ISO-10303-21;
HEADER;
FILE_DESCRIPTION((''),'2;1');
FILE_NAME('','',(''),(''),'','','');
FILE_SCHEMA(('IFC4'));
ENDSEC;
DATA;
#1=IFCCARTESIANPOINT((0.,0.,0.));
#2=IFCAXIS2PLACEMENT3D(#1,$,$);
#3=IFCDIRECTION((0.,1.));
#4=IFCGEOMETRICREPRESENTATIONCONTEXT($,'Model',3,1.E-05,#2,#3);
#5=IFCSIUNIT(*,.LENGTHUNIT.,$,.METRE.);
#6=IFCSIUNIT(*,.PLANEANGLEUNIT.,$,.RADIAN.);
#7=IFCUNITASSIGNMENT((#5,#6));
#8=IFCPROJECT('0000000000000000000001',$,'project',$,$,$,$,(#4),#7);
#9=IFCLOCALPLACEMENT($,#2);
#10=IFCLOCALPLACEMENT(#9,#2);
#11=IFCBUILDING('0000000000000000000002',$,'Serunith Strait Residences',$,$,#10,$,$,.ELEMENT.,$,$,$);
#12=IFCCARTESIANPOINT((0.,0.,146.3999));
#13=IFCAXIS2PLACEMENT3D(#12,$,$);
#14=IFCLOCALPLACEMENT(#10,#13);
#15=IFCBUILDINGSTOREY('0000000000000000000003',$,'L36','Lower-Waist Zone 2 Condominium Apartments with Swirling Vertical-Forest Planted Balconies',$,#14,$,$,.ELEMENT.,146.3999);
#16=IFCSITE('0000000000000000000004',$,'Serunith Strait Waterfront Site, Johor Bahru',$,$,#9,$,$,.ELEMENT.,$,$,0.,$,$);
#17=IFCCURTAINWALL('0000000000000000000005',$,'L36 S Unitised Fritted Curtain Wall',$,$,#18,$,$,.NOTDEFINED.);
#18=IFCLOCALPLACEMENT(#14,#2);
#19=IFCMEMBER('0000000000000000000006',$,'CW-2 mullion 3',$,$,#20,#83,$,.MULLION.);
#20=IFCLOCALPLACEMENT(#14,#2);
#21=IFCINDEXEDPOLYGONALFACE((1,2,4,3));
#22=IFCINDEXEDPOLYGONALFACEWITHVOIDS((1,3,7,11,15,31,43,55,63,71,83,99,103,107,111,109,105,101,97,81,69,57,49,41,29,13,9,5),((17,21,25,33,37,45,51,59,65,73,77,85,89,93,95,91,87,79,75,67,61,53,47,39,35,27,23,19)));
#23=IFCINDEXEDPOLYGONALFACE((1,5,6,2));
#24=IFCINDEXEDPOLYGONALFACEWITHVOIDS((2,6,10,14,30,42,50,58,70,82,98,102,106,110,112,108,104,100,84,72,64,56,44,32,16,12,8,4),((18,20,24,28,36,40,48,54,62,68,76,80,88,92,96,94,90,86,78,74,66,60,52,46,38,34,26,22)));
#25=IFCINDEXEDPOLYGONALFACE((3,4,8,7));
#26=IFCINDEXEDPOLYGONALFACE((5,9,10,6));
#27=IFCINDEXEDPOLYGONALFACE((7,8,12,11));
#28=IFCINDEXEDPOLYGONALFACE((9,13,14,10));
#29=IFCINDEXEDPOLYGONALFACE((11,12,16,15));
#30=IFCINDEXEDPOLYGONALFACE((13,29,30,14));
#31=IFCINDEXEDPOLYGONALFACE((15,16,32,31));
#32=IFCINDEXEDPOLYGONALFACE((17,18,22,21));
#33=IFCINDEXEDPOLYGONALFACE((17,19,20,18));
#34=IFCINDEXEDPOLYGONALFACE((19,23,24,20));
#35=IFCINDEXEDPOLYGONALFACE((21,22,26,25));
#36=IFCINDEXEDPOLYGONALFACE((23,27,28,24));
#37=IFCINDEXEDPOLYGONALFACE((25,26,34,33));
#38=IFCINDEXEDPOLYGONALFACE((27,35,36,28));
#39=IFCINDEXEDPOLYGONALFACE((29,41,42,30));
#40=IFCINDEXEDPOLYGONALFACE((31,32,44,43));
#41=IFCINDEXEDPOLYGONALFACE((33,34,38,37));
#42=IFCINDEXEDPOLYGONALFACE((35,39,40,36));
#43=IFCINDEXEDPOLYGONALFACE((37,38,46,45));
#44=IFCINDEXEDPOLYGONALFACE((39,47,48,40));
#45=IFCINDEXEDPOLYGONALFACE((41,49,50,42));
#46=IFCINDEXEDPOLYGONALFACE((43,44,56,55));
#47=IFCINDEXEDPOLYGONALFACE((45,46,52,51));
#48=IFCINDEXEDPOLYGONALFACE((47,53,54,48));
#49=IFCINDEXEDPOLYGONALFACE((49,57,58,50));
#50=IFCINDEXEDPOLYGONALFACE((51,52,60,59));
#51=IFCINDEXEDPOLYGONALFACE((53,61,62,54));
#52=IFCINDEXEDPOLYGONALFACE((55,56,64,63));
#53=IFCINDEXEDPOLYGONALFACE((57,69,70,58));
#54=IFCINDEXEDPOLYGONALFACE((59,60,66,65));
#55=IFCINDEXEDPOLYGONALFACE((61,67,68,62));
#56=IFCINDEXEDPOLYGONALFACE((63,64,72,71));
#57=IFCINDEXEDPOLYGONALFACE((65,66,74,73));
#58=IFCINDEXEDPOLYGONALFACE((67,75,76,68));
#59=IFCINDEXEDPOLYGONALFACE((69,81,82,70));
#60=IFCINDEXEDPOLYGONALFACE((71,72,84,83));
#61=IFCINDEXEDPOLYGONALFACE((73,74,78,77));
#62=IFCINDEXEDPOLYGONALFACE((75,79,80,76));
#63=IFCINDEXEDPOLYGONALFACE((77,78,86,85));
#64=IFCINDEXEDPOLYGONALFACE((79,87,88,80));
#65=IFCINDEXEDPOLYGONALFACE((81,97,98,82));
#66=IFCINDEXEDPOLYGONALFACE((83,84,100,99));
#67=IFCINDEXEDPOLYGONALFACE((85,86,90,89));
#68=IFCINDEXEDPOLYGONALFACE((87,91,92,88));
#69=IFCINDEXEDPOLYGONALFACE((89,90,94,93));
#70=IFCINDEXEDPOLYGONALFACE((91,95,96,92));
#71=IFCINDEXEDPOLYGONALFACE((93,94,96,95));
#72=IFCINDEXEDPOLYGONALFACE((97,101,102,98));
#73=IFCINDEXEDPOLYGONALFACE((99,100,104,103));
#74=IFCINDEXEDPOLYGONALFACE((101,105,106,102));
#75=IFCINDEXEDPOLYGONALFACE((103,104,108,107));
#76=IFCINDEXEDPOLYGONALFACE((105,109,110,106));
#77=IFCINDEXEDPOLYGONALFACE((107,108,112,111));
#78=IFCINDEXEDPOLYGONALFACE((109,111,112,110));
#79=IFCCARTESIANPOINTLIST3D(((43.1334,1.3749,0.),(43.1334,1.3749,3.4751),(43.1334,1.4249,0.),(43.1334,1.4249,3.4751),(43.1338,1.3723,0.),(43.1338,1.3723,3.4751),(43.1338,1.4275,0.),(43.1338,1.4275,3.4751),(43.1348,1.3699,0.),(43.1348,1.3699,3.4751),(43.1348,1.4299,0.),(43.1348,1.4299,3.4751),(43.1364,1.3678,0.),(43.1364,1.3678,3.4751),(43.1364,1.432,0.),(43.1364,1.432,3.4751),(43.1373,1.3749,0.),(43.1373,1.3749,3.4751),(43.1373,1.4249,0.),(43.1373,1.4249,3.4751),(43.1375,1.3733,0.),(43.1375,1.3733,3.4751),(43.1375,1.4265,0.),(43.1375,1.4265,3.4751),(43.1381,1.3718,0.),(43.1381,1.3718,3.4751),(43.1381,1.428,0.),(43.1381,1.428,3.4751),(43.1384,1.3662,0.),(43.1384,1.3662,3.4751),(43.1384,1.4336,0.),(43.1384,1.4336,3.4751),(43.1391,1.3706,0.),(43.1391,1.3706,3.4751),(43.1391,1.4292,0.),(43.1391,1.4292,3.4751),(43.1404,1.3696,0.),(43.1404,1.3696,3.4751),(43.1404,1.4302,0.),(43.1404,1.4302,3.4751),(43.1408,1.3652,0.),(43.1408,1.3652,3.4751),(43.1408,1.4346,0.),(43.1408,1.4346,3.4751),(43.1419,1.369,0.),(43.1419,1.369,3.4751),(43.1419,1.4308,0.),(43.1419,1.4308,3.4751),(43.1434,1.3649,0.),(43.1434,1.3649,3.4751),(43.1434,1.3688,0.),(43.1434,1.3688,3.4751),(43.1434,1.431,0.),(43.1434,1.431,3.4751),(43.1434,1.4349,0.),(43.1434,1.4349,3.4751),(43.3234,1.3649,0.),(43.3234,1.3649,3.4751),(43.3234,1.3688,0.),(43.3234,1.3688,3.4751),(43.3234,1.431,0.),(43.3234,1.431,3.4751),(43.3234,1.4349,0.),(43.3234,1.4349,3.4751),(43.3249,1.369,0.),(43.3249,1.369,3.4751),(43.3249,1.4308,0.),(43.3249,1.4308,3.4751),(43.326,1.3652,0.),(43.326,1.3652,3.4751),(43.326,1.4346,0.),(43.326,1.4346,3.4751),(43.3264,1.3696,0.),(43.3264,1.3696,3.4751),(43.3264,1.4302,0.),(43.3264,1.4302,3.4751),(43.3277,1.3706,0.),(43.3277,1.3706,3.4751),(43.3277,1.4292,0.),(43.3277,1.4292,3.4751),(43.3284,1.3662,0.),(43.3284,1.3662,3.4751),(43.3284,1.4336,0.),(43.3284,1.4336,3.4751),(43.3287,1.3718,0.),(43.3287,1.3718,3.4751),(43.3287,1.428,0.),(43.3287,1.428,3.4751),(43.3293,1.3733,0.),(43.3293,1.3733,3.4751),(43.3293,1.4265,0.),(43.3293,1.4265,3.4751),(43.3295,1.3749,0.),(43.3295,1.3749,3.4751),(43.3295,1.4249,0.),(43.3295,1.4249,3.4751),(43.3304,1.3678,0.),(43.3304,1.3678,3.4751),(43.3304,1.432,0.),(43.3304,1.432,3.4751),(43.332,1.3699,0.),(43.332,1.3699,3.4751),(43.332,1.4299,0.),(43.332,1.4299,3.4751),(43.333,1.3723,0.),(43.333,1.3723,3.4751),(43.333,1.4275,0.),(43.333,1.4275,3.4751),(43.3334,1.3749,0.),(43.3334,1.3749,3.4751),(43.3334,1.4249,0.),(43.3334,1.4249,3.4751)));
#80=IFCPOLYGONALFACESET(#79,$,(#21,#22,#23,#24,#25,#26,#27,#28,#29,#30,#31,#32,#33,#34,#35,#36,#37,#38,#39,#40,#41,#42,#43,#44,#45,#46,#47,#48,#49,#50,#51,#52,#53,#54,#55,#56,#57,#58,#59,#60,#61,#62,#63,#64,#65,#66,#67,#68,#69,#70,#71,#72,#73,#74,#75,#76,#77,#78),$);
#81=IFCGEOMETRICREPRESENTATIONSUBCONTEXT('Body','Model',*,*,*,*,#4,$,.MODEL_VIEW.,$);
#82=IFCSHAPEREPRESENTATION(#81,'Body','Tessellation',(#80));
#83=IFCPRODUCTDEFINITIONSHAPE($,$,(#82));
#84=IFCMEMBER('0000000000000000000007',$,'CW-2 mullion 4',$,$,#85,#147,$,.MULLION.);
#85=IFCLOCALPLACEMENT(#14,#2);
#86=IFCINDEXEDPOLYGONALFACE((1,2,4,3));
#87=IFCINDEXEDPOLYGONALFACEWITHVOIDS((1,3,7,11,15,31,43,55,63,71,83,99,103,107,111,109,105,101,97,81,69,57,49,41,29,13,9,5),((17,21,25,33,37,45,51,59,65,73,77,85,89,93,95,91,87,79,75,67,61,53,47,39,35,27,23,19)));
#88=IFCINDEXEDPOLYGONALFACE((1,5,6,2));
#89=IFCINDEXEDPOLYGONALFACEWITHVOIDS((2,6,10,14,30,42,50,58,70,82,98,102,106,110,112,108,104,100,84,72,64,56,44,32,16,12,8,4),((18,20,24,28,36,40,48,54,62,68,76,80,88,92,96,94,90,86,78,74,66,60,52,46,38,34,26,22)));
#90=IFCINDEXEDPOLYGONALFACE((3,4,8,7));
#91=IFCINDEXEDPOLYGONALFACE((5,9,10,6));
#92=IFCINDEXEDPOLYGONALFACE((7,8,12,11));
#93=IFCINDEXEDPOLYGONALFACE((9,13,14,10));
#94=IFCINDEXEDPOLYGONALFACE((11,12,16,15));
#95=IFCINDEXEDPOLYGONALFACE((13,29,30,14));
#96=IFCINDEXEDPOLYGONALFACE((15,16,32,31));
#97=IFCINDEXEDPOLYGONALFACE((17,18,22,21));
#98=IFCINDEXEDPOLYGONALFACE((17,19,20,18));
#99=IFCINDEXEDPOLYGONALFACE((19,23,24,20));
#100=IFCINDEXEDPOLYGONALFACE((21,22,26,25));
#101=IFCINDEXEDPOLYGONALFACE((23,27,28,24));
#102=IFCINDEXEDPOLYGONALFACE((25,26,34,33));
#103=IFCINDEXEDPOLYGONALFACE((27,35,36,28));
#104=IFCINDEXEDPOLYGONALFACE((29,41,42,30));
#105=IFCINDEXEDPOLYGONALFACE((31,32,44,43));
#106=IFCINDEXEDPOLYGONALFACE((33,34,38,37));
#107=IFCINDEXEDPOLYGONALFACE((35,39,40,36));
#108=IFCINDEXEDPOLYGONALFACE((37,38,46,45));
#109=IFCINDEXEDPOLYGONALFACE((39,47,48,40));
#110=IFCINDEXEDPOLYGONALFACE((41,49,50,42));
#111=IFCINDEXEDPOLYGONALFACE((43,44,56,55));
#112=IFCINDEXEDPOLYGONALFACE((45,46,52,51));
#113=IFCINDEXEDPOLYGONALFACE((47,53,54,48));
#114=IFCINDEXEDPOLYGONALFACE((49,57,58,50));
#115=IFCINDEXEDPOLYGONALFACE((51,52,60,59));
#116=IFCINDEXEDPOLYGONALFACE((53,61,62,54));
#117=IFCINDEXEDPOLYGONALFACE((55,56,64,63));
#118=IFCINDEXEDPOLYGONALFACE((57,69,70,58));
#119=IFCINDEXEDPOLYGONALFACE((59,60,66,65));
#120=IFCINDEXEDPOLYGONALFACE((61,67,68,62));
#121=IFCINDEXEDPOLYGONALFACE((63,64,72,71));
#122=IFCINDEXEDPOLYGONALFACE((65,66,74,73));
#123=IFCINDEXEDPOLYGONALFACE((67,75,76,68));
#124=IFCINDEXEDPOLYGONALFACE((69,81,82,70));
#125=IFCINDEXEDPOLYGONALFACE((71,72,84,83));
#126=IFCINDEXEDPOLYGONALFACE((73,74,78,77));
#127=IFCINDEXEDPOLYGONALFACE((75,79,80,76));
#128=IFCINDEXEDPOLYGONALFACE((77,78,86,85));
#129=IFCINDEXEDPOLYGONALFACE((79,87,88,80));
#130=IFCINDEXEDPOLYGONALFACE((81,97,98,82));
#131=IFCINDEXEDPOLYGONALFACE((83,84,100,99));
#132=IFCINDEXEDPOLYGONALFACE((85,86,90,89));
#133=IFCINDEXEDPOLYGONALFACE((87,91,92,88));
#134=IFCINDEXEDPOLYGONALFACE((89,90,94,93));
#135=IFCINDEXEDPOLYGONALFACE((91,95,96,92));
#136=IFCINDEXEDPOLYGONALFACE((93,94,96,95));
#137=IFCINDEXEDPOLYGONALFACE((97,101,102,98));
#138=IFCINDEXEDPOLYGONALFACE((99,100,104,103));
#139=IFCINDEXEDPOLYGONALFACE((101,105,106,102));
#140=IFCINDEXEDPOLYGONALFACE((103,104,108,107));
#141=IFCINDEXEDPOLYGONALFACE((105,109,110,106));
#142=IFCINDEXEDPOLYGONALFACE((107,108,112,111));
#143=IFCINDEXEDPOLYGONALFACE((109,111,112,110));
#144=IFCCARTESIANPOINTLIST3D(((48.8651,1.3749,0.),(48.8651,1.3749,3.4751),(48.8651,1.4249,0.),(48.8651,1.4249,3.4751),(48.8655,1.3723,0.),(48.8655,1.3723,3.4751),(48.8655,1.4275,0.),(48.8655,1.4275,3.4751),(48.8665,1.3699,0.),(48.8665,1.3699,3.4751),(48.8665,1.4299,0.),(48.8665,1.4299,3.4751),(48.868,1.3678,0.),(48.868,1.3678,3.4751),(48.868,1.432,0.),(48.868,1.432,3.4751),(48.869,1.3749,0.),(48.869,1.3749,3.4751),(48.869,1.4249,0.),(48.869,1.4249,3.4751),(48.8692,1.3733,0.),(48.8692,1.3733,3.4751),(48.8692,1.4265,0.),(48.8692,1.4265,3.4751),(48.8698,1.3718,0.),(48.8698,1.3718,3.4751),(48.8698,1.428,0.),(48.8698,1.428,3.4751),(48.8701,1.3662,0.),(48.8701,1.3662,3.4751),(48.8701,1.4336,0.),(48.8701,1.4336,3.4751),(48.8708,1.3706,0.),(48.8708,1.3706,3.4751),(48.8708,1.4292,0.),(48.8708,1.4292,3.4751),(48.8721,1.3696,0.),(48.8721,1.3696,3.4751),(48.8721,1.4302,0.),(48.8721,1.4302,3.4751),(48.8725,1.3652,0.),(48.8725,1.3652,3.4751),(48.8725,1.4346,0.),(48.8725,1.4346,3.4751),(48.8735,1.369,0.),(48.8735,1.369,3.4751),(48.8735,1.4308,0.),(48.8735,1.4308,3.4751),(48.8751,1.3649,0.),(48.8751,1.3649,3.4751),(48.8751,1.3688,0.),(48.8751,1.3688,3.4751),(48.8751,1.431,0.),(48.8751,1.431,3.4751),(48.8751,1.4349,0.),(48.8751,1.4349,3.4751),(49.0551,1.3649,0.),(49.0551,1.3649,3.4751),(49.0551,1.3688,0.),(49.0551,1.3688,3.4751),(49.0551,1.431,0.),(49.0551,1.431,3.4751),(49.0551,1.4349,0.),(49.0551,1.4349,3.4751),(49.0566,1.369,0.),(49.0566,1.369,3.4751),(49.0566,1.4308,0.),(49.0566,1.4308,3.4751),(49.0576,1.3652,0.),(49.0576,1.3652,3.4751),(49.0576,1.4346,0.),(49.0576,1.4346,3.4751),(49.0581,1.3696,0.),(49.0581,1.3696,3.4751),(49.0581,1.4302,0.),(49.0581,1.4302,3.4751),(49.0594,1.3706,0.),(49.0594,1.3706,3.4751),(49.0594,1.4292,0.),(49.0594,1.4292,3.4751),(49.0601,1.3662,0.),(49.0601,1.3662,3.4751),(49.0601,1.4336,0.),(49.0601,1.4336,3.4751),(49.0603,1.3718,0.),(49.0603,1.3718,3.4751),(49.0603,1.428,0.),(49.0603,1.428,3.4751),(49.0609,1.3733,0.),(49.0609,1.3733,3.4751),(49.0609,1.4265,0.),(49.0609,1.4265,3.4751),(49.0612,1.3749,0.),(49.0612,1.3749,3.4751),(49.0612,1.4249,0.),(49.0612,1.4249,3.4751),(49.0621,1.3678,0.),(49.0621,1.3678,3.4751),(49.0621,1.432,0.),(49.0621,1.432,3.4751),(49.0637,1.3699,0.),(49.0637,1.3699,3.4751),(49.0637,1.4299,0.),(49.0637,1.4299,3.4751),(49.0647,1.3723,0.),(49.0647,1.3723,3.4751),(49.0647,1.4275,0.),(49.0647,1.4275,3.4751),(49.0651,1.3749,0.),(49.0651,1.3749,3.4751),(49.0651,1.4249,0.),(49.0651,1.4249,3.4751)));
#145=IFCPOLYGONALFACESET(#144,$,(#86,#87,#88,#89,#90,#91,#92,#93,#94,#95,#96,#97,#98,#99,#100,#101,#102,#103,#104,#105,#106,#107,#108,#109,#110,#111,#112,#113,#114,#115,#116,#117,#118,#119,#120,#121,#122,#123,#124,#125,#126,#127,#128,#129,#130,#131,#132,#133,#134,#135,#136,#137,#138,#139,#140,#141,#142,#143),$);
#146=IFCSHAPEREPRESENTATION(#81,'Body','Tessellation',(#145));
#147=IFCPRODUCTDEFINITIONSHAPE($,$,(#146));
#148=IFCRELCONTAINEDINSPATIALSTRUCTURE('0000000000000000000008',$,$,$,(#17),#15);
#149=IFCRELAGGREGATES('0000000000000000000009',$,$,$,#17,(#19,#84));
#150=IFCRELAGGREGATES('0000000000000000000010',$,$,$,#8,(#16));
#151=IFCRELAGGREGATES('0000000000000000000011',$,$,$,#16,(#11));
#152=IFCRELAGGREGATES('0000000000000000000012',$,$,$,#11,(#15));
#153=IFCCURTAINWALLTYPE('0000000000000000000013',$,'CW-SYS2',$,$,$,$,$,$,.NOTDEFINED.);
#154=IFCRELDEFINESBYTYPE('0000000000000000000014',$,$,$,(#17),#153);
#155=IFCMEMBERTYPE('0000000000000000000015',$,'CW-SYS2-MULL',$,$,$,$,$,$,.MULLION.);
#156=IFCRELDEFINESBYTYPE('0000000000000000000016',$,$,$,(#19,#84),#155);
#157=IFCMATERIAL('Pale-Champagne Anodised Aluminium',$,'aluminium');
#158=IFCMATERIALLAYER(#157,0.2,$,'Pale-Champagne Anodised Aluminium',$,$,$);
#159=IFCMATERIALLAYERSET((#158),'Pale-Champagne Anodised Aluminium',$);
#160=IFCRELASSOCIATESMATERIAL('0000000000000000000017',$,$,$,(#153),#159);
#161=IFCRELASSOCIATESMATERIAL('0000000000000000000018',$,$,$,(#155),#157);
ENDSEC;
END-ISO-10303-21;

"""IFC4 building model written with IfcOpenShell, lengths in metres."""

from ifc_helpers import new_model, si_unit, direction, frame, origin, origin_2d, place, context, subcontext, project, spatial, hollow_rectangle, extrude, source, transform, mapped, material, layer, layer_set, material_profile, profile_set, type_object, element, aggregate, save


model = new_model("IFC4")

# Units and contexts
model_context = context("Model", 3, precision=1e-05, world=origin(), true_north=direction((0.0, 1.0)))
body_context = subcontext(model_context, "Body", "Model", "MODEL_VIEW")
ifc_project = project(units=[si_unit("LENGTHUNIT", "METRE"), si_unit("PLANEANGLEUNIT", "RADIAN")], contexts=[model_context])

# Site, building, storey
site_placement = place(None, origin())
site = spatial("IfcSite", under=ifc_project, at=site_placement, Name="Serunith Strait Waterfront Site, Johor Bahru", CompositionType="ELEMENT", RefElevation=0.0)
building_placement = place(site_placement, origin())
building = spatial("IfcBuilding", under=site, at=building_placement, Name="Serunith Strait Residences", CompositionType="ELEMENT")
storey_placement = place(building_placement, frame((0.0, 0.0, 146.3999)))
storey = spatial("IfcBuildingStorey", under=building, at=storey_placement, Name="L36", Description="Lower-Waist Zone 2 Condominium Apartments with Swirling Vertical-Forest Planted Balconies", CompositionType="ELEMENT", Elevation=146.3999)

# Curtain wall, members
ifc_material_1 = material(Name="Pale-Champagne Anodised Aluminium", Category="aluminium")
ifc_layer_1 = layer(ifc_material_1, 0.2, Name="Pale-Champagne Anodised Aluminium")
ifc_layer_set_1 = layer_set([ifc_layer_1], Name="Pale-Champagne Anodised Aluminium")
curtain_wall_type = type_object("IfcCurtainWallType", Name="CW-SYS2", PredefinedType="NOTDEFINED", material=ifc_layer_set_1)
curtain_wall_1_placement = place(storey_placement, origin())
curtain_wall_1 = element("IfcCurtainWall", 1, at=curtain_wall_1_placement, inside=storey, type_object=curtain_wall_type, Name="L36 S Unitised Fritted Curtain Wall", PredefinedType="NOTDEFINED")
ifc_material_profile_1 = material_profile(ifc_material_1, hollow_rectangle(XDim=0.0701, YDim=0.2, WallThickness=0.0039, InnerFilletRadius=0.0061, OuterFilletRadius=0.01, at=origin_2d()), Name="ALU 200x70x4")
ifc_profile_set_1 = profile_set([ifc_material_profile_1], Name="Pale-Champagne Anodised Aluminium")
member_type_1 = type_object("IfcMemberType", Name="CW-SYS2-MULL", PredefinedType="MULLION", material=ifc_profile_set_1)
shared_shape_1 = source(origin(), body_context, "Body", "SweptSolid", [
    extrude(hollow_rectangle(XDim=0.0701, YDim=0.2, WallThickness=0.0039, InnerFilletRadius=0.0061, OuterFilletRadius=0.01, at=origin_2d()), origin(), (0.0, 0.0, 1.0), 3.4751),
])
member_1_placement = place(storey_placement, frame((43.2334, 1.3999, 0.0), z_axis=(0.0, 0.0, 1.0), x_axis=(0.0, 1.0, 0.0)))
member_1 = element("IfcMember", 2, at=member_1_placement, type_object=member_type_1, Name="CW-2 mullion 3", PredefinedType="MULLION", context=body_context, shape_type="MappedRepresentation", body=[
    mapped(shared_shape_1, transform((0.0, 0.0, 0.0), scale=1.0)),
])
member_2_placement = place(storey_placement, frame((48.9651, 1.3999, 0.0), z_axis=(0.0, 0.0, 1.0), x_axis=(0.0, 1.0, 0.0)))
member_2 = element("IfcMember", 3, at=member_2_placement, type_object=member_type_1, Name="CW-2 mullion 4", PredefinedType="MULLION", context=body_context, shape_type="MappedRepresentation", body=[
    mapped(shared_shape_1, transform((0.0, 0.0, 0.0), scale=1.0)),
])

aggregate(curtain_wall_1, [member_1, member_2])

save(model, "model.ifc")
